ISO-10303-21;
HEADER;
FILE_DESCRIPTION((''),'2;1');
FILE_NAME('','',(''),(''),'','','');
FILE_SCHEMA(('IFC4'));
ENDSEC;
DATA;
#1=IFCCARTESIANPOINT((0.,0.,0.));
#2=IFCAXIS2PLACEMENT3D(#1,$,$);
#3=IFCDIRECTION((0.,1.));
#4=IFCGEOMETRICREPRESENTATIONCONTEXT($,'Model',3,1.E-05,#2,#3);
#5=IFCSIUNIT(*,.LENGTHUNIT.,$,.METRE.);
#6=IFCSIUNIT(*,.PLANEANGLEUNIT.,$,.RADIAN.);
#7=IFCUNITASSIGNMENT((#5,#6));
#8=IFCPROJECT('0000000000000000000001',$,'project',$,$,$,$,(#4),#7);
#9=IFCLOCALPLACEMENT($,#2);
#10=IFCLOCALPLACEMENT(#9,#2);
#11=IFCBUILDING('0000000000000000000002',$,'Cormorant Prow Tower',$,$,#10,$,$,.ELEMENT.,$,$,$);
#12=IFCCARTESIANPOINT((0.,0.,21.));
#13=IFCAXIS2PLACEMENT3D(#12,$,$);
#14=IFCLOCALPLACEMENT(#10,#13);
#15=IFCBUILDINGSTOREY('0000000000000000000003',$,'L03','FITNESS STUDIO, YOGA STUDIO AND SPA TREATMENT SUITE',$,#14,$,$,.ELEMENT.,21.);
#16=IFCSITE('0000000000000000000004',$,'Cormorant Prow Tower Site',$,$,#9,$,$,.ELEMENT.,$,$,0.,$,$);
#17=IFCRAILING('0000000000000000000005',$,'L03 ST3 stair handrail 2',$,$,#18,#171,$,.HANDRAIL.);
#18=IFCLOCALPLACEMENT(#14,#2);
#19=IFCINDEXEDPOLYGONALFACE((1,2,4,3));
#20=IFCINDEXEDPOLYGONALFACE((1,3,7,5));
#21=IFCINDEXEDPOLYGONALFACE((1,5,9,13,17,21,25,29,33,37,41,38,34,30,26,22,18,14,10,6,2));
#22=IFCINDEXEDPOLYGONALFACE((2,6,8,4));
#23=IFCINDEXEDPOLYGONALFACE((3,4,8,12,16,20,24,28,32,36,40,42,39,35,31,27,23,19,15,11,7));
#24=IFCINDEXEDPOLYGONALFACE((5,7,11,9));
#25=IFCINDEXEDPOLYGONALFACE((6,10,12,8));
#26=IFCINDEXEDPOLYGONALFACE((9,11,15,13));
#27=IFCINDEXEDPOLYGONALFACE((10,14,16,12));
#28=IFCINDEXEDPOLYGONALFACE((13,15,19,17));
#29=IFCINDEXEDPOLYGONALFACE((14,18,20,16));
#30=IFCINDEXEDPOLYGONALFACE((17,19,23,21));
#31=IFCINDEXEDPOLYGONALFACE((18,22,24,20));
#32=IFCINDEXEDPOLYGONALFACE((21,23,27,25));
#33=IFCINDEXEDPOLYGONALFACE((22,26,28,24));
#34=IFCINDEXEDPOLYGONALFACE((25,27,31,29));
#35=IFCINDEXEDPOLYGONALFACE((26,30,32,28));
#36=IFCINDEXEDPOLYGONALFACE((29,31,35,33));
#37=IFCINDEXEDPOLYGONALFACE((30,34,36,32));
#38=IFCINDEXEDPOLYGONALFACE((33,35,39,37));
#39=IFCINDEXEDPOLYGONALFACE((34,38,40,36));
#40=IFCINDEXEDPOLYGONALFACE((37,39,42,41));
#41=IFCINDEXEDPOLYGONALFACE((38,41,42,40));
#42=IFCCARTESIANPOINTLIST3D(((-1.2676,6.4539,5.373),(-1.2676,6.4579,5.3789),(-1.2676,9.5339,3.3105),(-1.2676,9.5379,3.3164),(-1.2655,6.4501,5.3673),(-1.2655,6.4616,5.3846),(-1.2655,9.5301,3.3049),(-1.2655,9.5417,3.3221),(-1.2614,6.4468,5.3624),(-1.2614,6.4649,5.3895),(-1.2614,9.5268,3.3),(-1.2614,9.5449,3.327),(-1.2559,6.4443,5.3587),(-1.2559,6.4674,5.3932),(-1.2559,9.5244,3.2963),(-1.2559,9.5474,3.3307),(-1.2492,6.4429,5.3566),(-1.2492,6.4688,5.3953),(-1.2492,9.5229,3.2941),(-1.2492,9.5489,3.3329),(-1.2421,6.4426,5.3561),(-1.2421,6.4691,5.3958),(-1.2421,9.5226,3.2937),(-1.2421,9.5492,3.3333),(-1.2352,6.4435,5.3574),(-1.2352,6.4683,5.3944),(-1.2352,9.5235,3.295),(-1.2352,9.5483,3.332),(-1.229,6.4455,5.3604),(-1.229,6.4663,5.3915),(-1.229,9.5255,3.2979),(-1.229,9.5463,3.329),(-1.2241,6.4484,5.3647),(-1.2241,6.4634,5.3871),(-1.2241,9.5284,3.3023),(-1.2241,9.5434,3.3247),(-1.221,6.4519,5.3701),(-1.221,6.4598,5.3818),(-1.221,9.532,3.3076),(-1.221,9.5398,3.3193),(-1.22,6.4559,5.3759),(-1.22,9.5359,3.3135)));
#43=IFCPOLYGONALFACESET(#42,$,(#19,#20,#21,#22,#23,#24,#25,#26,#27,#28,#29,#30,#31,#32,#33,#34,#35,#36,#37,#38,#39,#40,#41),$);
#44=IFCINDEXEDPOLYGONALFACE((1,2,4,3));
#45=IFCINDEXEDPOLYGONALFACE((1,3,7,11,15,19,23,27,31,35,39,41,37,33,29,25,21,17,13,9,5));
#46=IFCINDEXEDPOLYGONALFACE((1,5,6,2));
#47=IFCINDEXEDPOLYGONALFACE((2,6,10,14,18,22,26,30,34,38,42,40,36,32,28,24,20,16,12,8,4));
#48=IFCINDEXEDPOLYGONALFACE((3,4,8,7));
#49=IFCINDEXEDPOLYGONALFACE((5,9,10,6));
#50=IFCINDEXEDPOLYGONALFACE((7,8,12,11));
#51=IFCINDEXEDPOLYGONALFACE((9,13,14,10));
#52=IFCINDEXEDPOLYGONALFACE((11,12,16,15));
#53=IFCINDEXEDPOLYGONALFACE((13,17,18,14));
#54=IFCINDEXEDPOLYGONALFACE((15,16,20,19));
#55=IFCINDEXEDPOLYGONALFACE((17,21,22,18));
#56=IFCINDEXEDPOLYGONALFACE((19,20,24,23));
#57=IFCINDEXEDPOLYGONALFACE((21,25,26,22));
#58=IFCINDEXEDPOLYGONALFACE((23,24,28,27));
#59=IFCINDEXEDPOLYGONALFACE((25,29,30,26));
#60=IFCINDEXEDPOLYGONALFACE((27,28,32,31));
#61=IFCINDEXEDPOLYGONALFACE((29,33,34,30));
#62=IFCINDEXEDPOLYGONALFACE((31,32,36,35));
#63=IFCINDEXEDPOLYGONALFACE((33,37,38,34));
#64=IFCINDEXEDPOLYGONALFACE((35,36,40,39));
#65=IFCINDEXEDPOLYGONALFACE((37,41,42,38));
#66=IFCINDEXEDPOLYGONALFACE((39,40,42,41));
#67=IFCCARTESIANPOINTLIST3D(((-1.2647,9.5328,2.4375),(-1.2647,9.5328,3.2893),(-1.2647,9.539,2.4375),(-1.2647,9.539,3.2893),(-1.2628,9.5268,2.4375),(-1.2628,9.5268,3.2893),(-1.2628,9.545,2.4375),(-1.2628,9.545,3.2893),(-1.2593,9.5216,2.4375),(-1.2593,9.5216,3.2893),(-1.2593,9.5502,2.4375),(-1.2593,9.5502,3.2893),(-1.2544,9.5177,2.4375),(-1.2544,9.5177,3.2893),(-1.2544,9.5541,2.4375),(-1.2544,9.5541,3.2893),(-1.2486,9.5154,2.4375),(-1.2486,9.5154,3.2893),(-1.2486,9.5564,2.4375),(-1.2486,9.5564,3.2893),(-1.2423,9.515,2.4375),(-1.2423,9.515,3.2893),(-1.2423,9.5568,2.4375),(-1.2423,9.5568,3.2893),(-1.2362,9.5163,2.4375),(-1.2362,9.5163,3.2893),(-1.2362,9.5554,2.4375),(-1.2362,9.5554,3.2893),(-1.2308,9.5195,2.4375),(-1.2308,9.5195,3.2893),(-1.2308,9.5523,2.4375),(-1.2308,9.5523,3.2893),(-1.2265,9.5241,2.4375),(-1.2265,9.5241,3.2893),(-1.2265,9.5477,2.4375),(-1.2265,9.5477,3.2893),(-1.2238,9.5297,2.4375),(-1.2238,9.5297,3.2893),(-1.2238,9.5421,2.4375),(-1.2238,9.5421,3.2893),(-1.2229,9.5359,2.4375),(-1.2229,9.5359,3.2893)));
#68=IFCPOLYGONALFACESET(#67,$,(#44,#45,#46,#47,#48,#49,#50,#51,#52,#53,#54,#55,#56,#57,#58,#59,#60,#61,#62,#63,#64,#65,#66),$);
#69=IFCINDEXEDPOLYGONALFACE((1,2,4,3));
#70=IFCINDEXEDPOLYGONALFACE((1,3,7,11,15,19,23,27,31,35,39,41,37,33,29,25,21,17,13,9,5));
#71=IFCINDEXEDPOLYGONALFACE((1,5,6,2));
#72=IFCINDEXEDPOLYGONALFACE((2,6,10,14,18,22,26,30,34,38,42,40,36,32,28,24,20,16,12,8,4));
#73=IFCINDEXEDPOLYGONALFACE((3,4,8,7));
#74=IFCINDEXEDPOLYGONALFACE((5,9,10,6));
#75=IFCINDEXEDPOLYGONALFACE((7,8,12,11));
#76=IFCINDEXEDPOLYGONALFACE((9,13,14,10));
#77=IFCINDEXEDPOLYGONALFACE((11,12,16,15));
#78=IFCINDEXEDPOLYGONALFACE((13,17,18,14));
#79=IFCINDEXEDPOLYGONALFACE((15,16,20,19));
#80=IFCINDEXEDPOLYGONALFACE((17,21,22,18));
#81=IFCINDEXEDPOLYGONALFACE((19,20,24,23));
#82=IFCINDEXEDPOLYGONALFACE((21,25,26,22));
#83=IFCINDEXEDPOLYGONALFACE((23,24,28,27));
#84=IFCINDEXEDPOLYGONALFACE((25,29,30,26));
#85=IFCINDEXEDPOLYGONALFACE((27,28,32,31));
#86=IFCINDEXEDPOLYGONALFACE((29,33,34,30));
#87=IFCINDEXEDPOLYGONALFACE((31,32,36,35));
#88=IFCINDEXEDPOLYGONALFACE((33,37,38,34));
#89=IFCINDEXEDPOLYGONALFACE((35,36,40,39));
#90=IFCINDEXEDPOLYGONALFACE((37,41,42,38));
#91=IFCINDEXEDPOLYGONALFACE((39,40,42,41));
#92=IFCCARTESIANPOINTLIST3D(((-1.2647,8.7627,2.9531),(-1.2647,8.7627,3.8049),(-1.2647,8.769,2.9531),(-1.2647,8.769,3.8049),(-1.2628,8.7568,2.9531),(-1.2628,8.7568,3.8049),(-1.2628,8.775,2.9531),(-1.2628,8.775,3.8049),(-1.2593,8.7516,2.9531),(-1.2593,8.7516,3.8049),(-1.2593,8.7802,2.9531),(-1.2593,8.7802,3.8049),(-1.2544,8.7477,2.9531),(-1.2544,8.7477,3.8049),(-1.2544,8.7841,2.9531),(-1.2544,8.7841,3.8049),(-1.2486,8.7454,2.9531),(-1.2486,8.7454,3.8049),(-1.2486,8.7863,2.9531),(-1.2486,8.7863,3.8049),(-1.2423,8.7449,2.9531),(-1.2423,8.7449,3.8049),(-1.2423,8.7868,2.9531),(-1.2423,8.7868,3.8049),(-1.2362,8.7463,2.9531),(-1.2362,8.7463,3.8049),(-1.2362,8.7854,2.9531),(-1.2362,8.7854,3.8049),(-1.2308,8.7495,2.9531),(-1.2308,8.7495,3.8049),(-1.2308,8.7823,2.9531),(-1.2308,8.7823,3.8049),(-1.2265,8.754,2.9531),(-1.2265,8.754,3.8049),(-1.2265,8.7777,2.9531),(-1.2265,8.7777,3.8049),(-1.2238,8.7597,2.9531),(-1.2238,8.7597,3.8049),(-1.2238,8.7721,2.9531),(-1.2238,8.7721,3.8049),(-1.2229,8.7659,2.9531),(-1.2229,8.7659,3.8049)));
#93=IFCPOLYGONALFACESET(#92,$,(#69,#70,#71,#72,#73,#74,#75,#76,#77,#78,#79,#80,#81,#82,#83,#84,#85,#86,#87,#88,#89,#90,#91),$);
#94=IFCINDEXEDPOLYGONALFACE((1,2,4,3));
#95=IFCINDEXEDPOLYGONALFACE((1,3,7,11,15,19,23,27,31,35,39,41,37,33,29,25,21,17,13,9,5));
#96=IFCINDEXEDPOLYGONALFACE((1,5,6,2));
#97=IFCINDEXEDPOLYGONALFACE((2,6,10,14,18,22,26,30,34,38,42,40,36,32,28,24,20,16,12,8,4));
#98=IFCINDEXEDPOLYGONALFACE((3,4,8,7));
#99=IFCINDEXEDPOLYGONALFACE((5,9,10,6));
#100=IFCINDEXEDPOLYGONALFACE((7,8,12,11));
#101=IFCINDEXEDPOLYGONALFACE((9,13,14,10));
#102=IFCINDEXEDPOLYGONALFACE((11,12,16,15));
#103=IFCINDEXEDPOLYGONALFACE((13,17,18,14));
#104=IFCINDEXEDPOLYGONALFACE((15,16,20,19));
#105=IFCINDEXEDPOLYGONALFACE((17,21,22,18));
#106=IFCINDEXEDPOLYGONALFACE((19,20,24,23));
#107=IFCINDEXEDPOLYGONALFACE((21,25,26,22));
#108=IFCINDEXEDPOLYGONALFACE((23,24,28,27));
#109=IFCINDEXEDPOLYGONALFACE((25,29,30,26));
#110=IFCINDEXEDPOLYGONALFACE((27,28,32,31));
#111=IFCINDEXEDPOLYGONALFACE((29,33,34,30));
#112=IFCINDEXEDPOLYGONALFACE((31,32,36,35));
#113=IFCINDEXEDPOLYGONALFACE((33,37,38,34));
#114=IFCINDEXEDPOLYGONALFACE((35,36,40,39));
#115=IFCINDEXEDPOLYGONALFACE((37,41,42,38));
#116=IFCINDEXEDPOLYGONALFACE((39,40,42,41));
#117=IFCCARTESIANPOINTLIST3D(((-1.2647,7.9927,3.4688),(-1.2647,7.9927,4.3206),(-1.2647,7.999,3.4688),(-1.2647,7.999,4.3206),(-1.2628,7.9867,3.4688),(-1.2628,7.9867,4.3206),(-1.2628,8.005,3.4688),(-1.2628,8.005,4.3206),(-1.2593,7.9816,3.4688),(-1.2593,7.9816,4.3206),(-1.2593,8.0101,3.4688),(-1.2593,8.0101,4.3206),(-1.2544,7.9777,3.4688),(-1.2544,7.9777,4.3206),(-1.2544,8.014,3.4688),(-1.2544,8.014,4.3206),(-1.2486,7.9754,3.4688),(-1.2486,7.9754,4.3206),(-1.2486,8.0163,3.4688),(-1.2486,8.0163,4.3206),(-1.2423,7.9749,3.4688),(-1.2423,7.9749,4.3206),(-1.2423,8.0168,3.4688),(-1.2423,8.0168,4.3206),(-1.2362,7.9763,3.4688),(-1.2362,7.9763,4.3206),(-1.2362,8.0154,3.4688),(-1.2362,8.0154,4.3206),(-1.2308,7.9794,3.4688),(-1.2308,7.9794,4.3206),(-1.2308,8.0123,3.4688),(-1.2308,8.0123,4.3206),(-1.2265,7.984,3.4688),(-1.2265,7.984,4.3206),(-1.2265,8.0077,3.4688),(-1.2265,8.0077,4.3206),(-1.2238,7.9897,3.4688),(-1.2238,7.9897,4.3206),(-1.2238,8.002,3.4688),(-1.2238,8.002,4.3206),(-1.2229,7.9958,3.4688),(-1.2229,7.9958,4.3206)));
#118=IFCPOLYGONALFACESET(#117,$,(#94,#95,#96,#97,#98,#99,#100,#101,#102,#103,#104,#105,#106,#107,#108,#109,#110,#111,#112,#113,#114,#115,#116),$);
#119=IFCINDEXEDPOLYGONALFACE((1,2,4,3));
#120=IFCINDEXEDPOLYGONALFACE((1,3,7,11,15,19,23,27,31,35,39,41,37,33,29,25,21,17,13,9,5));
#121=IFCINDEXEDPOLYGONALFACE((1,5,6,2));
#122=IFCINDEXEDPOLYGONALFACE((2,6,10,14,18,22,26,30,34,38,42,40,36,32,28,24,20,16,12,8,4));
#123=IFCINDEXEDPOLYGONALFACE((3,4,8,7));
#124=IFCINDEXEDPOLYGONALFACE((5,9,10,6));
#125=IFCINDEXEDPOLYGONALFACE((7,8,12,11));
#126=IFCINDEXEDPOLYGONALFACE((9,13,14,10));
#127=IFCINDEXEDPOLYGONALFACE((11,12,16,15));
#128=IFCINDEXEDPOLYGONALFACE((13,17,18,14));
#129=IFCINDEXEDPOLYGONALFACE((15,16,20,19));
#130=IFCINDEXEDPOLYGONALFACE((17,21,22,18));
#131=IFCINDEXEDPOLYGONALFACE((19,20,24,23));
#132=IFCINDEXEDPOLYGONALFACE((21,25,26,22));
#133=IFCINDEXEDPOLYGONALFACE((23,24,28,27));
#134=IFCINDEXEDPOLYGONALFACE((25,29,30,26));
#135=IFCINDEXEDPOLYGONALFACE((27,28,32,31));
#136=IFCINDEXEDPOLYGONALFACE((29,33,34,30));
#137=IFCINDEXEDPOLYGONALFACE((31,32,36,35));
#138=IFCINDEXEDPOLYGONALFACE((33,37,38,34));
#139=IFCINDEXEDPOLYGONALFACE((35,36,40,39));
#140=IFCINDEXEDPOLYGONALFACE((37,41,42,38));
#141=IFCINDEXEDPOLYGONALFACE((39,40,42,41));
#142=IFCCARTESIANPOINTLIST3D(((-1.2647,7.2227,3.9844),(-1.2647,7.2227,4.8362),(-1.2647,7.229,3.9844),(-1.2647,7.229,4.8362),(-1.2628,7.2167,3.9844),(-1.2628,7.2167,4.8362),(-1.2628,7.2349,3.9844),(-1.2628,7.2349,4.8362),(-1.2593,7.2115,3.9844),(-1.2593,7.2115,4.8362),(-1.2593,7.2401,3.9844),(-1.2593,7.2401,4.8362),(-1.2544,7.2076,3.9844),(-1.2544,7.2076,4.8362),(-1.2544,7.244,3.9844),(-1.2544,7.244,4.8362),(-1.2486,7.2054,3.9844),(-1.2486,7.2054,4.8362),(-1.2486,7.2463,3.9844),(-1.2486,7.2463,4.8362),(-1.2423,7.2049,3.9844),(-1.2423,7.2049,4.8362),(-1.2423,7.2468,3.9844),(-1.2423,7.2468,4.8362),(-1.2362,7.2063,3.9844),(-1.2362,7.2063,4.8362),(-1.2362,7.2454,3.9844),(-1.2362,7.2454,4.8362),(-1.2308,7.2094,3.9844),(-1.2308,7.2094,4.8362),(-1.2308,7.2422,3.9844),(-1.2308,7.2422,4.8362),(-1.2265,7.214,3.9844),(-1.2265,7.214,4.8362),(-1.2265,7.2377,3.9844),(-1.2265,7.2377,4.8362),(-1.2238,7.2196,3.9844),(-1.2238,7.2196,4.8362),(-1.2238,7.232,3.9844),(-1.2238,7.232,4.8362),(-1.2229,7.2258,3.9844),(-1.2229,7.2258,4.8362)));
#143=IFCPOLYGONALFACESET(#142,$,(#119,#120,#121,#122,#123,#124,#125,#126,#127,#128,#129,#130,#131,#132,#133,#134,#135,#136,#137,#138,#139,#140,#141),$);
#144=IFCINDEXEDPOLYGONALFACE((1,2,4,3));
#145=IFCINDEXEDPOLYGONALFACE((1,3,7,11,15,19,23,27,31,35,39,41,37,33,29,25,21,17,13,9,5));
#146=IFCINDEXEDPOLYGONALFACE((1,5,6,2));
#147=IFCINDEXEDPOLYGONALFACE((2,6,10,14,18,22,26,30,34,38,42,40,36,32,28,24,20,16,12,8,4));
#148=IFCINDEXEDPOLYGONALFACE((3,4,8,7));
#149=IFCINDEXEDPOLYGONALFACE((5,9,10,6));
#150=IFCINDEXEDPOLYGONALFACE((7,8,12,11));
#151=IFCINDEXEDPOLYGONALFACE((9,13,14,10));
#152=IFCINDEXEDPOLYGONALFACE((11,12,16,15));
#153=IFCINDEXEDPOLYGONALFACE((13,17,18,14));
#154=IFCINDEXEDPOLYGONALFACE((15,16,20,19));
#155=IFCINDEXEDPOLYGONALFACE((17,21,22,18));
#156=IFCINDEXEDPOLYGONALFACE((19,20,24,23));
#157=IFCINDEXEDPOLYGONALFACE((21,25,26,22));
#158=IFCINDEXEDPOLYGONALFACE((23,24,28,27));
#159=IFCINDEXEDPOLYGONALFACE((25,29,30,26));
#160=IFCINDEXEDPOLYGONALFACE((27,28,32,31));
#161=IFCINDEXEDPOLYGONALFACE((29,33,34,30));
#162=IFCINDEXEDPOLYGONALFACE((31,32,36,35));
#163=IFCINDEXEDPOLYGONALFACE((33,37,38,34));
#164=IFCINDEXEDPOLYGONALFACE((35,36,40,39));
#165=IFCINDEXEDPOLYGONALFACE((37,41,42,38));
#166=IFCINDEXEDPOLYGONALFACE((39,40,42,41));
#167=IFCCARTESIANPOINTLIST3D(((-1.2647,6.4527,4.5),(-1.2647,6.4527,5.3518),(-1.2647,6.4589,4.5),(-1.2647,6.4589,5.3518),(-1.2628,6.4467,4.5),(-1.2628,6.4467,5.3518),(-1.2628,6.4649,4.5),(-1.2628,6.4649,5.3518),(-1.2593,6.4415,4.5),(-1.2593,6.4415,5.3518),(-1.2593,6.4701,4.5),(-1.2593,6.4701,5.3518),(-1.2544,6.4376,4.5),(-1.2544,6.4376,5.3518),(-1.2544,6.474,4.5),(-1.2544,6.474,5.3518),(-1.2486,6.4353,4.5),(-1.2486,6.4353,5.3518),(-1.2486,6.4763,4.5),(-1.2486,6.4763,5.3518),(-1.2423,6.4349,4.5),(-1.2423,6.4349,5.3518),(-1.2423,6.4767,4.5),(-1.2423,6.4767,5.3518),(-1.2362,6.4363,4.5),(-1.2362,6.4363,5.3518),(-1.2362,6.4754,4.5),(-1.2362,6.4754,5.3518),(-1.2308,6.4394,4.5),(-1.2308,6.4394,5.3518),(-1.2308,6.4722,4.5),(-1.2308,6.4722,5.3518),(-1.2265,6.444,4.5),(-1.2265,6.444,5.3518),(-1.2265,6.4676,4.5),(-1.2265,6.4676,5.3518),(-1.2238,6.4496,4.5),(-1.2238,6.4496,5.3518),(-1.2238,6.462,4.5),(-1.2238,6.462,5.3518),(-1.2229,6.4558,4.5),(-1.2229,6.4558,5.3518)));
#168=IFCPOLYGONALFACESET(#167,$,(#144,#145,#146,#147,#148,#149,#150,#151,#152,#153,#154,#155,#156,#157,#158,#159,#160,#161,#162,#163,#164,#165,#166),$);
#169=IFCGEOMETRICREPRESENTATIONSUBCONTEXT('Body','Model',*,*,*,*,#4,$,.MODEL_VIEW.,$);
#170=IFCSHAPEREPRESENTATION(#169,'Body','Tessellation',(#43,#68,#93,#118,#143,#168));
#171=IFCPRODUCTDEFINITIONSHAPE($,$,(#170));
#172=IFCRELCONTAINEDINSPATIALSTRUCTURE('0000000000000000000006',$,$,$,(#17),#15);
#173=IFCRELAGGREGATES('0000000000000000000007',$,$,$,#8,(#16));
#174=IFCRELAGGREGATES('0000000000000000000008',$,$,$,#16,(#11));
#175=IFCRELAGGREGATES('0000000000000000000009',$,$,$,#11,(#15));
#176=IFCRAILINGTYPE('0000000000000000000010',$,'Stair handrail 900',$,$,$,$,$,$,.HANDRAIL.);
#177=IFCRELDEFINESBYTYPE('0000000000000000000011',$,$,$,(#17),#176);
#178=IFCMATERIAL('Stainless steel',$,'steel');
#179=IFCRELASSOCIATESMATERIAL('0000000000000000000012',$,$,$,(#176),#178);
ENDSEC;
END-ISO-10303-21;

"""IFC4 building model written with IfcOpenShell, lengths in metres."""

from ifc_helpers import new_model, si_unit, direction, frame, origin, origin_2d, place, context, subcontext, project, spatial, circle, extrude, material, type_object, element, save


model = new_model("IFC4")

# Units and contexts
model_context = context("Model", 3, precision=1e-05, world=origin(), true_north=direction((0.0, 1.0)))
body_context = subcontext(model_context, "Body", "Model", "MODEL_VIEW")
ifc_project = project(units=[si_unit("LENGTHUNIT", "METRE"), si_unit("PLANEANGLEUNIT", "RADIAN")], contexts=[model_context])

# Site, building, storey
site_placement = place(None, origin())
site = spatial("IfcSite", under=ifc_project, at=site_placement, Name="Cormorant Prow Tower Site", CompositionType="ELEMENT", RefElevation=0.0)
building_placement = place(site_placement, origin())
building = spatial("IfcBuilding", under=site, at=building_placement, Name="Cormorant Prow Tower", CompositionType="ELEMENT")
storey_placement = place(building_placement, frame((0.0, 0.0, 21.0)))
storey = spatial("IfcBuildingStorey", under=building, at=storey_placement, Name="L03", Description="FITNESS STUDIO, YOGA STUDIO AND SPA TREATMENT SUITE", CompositionType="ELEMENT", Elevation=21.0)

# Railing
ifc_material_1 = material(Name="Stainless steel", Category="steel")
railing_type = type_object("IfcRailingType", Name="Stair handrail 900", PredefinedType="HANDRAIL", material=ifc_material_1)
railing_placement = place(storey_placement, frame((-1.2439, 9.5359, 2.4375)))
element("IfcRailing", 1, at=railing_placement, inside=storey, type_object=railing_type, Name="L03 ST3 stair handrail 2", PredefinedType="HANDRAIL", context=body_context, shape_type="SweptSolid", body=[
    extrude(circle(Radius=0.0239, at=origin_2d()), frame((0.0, 0.0, 0.876), z_axis=(0.0, -0.830914, 0.556401), x_axis=(1.0, 0.0, 0.0)), (0.0, 0.0, 1.0), 3.7068),
    extrude(circle(Radius=0.021, at=origin_2d()), origin(), (0.0, 0.0, 1.0), 0.8518),
    extrude(circle(Radius=0.021, at=origin_2d()), frame((0.0, -0.77, 0.5156)), (0.0, 0.0, 1.0), 0.8518),
    extrude(circle(Radius=0.021, at=origin_2d()), frame((0.0, -1.54, 1.0312)), (0.0, 0.0, 1.0), 0.8518),
    extrude(circle(Radius=0.021, at=origin_2d()), frame((0.0, -2.3101, 1.5469)), (0.0, 0.0, 1.0), 0.8518),
    extrude(circle(Radius=0.021, at=origin_2d()), frame((0.0, -3.0801, 2.0625)), (0.0, 0.0, 1.0), 0.8518),
])

save(model, "model.ifc")
